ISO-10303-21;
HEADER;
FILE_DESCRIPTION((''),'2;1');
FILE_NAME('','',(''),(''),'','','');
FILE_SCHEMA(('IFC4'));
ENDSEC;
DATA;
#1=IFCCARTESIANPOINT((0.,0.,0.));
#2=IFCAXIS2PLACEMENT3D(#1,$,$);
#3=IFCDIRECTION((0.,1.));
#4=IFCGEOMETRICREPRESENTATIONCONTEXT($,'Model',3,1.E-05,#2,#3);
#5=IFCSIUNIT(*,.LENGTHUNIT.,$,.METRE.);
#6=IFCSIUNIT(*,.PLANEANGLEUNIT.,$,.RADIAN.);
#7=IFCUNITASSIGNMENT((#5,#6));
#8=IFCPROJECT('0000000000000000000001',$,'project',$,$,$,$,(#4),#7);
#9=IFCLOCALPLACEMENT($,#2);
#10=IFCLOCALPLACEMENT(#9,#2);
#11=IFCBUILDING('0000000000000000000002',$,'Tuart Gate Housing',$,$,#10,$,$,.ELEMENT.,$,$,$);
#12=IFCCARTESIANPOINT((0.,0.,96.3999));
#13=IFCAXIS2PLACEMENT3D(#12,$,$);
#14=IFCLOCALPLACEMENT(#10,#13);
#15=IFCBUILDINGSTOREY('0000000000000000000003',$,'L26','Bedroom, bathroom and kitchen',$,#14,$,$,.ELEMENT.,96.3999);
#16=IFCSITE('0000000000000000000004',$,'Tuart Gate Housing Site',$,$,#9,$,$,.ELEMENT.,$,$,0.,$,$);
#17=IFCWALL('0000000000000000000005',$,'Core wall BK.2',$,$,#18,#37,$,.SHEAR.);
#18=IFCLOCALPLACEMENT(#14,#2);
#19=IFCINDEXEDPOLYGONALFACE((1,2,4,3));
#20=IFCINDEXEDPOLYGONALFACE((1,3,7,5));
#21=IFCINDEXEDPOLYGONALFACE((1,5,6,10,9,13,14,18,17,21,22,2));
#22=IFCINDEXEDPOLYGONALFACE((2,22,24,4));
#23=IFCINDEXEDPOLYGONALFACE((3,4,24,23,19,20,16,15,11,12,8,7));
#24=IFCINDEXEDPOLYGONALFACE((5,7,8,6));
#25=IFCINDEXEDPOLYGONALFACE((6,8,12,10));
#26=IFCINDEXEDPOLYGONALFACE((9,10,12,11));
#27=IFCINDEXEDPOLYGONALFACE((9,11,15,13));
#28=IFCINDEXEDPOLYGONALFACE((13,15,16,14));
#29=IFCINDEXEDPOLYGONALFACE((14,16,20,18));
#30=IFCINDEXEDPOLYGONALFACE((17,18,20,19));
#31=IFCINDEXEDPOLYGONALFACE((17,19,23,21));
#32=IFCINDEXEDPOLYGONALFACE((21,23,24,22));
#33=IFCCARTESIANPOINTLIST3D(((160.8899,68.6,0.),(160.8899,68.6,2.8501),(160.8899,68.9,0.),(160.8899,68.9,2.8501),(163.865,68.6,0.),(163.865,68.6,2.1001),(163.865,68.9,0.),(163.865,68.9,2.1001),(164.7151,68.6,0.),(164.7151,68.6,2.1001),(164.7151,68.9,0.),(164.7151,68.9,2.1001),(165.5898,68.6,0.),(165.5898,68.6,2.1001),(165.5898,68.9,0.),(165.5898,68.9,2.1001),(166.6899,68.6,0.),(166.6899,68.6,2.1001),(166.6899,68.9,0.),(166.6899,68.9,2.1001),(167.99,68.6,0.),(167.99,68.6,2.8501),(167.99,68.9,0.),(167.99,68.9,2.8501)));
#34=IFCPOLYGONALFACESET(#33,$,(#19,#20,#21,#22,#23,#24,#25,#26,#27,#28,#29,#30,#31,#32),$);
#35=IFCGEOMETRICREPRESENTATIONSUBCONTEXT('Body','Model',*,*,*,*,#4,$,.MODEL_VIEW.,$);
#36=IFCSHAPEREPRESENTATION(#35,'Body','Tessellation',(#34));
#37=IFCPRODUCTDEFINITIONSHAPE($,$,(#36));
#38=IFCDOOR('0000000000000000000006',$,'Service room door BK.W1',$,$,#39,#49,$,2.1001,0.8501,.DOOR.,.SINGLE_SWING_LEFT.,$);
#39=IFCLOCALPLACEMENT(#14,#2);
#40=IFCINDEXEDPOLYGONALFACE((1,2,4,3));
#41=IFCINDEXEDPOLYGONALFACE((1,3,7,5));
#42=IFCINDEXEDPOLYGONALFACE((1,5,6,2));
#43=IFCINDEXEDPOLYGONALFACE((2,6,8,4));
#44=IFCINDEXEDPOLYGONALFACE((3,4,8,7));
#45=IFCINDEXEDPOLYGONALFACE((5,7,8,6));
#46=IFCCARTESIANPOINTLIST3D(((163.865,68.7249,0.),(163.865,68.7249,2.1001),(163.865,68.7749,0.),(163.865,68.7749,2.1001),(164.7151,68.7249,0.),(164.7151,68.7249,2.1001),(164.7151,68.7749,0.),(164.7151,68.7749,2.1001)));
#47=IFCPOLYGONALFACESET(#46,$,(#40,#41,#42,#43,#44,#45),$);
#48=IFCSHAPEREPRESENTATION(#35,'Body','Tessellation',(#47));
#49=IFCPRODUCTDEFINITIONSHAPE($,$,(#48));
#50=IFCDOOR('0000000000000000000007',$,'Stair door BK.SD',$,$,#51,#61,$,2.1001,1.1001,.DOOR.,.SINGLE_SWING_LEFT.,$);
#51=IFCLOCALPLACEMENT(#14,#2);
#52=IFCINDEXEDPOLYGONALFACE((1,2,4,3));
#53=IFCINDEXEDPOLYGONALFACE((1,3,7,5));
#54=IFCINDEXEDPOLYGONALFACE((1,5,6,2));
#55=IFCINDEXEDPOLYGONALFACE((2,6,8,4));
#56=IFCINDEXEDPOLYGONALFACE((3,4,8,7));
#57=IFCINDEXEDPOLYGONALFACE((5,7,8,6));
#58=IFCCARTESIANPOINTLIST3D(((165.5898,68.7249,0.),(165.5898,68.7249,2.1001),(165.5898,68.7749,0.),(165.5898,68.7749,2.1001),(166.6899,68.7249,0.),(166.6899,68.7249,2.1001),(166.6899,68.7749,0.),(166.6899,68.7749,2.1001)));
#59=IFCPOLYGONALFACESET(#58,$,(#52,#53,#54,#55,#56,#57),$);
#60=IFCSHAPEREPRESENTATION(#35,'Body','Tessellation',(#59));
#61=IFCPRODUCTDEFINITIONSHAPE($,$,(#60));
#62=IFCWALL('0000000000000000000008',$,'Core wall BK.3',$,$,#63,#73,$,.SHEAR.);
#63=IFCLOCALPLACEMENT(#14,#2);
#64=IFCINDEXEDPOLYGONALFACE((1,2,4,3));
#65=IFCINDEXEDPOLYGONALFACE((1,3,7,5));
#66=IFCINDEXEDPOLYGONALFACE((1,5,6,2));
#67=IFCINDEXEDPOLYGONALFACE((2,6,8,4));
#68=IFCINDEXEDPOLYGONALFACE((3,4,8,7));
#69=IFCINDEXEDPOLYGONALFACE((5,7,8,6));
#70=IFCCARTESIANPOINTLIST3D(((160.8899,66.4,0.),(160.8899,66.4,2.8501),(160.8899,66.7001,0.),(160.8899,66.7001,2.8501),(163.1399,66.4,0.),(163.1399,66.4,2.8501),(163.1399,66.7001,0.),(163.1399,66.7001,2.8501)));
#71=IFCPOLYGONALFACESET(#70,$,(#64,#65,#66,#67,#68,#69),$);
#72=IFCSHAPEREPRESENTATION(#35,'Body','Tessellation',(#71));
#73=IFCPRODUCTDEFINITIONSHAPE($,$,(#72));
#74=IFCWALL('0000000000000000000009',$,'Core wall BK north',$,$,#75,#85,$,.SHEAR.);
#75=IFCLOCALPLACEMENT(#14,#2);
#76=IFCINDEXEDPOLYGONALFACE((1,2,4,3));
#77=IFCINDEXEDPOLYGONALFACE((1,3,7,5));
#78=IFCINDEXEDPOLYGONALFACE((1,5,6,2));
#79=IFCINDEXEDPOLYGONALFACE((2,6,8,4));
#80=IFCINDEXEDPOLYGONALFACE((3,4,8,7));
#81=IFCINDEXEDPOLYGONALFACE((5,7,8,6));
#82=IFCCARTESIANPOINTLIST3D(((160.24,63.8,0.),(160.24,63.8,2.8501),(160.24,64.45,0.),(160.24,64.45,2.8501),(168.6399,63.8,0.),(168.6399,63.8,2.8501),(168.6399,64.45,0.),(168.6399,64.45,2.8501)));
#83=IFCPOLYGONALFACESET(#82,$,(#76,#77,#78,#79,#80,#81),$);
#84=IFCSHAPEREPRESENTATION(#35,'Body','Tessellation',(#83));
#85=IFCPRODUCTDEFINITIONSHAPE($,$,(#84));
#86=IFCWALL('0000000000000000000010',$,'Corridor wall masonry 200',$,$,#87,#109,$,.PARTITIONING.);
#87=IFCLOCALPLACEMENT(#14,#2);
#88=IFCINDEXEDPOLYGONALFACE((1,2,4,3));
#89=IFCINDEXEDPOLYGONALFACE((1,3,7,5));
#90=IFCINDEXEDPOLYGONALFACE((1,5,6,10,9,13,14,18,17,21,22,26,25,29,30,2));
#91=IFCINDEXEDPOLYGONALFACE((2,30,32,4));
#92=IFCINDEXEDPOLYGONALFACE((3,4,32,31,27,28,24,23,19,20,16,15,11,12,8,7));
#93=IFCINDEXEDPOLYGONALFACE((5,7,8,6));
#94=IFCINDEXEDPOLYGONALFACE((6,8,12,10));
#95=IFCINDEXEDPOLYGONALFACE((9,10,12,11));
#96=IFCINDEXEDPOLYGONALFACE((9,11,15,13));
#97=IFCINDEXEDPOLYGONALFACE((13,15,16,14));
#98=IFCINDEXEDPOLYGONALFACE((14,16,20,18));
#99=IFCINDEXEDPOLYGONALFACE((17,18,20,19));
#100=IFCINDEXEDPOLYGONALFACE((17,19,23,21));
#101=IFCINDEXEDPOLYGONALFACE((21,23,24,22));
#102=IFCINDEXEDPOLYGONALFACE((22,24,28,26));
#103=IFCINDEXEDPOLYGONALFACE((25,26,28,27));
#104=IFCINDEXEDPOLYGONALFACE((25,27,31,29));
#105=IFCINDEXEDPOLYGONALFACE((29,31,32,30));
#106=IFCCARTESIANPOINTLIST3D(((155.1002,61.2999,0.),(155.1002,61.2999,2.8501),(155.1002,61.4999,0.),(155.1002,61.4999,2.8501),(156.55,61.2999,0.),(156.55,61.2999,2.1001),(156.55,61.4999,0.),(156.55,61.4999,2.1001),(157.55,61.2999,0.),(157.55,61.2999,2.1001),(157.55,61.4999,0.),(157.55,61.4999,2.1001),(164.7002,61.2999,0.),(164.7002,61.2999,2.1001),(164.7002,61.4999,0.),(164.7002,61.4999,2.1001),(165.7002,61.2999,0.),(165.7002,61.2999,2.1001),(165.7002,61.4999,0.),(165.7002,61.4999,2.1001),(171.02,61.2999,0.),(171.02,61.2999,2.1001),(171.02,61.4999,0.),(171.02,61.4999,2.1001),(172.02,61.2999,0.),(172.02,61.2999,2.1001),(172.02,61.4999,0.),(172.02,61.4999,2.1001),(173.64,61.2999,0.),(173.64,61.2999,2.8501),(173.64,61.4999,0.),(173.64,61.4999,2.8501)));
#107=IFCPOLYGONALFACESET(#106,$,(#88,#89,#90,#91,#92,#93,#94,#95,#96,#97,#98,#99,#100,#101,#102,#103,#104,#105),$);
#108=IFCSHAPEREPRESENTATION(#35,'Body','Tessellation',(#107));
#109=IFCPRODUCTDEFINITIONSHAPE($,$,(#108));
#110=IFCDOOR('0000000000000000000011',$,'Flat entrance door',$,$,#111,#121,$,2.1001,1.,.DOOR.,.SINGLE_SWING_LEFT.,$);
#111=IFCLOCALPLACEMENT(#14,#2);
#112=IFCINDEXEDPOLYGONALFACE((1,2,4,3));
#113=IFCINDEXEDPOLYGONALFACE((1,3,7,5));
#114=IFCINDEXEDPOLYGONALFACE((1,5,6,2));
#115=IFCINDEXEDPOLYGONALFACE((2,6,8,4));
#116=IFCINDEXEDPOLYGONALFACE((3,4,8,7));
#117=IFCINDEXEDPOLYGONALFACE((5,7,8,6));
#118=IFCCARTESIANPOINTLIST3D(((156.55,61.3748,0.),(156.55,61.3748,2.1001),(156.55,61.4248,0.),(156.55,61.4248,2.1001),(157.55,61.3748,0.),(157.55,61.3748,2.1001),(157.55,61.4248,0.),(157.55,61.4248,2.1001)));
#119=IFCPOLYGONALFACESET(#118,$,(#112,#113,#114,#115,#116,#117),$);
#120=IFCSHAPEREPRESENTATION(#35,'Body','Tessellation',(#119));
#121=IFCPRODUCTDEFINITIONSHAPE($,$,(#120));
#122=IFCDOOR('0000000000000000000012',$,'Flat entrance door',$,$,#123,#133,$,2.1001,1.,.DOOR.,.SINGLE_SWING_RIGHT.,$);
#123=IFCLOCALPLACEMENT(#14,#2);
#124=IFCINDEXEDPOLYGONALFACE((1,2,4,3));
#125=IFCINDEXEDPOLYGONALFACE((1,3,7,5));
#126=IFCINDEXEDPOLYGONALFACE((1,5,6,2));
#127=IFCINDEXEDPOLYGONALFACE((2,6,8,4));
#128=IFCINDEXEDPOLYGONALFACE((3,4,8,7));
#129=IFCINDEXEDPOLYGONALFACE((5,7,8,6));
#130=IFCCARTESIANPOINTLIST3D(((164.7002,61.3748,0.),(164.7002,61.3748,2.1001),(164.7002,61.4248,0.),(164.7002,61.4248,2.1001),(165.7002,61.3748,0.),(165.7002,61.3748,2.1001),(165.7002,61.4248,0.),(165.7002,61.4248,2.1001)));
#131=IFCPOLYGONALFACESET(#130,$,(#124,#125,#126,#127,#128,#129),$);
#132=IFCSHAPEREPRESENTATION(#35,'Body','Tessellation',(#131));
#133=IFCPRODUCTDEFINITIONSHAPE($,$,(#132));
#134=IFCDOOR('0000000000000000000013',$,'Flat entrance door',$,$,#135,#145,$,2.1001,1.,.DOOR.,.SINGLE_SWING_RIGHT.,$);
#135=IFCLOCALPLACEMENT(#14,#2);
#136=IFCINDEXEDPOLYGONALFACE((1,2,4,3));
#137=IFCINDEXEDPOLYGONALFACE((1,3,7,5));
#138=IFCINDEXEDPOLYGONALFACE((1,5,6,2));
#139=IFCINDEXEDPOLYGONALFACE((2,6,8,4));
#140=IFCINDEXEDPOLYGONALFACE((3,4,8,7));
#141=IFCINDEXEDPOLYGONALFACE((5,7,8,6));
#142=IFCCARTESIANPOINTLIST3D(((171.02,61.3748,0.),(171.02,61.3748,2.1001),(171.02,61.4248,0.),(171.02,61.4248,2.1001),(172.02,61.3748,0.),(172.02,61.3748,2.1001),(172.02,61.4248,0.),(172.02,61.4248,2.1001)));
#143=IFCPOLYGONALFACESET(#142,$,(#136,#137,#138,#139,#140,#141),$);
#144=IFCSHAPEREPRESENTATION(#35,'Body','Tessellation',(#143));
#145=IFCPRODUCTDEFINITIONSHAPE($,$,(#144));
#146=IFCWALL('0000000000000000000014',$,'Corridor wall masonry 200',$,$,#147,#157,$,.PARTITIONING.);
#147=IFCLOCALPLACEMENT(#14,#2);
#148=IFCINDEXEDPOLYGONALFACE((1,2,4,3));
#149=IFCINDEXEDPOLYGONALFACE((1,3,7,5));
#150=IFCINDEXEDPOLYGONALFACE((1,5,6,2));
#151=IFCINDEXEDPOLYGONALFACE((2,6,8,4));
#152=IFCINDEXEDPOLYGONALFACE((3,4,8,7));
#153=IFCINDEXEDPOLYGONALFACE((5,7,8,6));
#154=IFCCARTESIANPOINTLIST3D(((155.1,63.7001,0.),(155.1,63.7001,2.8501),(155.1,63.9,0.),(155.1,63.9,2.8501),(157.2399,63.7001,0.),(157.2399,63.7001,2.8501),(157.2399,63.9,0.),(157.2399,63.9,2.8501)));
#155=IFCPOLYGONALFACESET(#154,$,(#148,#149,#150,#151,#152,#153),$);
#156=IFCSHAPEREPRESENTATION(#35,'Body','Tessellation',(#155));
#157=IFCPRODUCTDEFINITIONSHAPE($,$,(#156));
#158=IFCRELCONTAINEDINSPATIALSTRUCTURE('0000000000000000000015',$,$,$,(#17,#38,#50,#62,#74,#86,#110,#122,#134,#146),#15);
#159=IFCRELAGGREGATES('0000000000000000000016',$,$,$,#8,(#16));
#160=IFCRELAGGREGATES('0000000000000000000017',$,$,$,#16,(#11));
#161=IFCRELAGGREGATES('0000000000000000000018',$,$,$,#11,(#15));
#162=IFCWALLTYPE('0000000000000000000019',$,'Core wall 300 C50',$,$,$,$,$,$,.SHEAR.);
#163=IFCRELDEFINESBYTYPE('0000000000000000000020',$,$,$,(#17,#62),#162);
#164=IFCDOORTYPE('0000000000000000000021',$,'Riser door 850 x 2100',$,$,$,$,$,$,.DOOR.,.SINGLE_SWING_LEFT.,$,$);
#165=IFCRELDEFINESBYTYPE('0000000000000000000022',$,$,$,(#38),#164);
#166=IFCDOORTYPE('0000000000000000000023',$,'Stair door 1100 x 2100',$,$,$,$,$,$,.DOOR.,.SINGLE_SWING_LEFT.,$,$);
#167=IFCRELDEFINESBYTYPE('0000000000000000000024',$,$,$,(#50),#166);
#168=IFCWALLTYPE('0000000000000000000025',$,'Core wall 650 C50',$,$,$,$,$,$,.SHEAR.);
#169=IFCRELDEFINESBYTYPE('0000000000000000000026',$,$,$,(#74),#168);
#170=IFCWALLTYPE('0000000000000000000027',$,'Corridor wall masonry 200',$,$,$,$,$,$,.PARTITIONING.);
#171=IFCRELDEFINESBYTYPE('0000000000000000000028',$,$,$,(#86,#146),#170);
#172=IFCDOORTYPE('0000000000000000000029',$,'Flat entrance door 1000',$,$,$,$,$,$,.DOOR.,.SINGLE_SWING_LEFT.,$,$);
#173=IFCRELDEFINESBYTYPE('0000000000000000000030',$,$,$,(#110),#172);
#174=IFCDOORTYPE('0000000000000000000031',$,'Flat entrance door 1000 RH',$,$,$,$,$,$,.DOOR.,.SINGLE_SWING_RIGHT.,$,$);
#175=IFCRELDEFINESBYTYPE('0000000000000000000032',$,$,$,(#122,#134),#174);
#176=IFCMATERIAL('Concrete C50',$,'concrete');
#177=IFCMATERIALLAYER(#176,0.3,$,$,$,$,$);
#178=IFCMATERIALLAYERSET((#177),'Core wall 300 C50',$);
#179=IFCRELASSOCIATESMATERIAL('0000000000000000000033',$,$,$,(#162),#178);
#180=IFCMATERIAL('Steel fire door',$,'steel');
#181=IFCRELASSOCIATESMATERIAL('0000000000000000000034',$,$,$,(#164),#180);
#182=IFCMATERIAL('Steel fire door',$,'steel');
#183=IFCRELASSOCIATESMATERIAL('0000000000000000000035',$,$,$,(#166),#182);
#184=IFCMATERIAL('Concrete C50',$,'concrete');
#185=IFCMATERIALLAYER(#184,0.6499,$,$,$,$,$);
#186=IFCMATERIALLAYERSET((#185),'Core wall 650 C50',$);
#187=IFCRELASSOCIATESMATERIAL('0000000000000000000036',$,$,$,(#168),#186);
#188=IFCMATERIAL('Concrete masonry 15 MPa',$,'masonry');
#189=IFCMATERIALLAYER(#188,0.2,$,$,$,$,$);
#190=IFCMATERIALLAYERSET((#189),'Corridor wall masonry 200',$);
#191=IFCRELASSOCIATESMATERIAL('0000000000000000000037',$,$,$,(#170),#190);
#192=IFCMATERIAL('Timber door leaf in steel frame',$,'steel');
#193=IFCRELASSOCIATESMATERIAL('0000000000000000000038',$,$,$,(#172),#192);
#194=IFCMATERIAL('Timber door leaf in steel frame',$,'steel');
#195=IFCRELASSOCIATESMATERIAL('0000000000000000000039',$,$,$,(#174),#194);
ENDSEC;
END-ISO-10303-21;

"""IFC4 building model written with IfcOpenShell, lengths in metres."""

from ifc_helpers import new_model, si_unit, direction, frame, frame_2d, origin, place, context, subcontext, project, spatial, rectangle, extrude, material, layer, layer_set, type_object, element, fill, save


model = new_model("IFC4")

# Units and contexts
model_context = context("Model", 3, precision=1e-05, world=origin(), true_north=direction((0.0, 1.0)))
body_context = subcontext(model_context, "Body", "Model", "MODEL_VIEW")
ifc_project = project(units=[si_unit("LENGTHUNIT", "METRE"), si_unit("PLANEANGLEUNIT", "RADIAN")], contexts=[model_context])

# Site, building, storey
site_placement = place(None, origin())
site = spatial("IfcSite", under=ifc_project, at=site_placement, Name="Tuart Gate Housing Site", CompositionType="ELEMENT", RefElevation=0.0)
building_placement = place(site_placement, origin())
building = spatial("IfcBuilding", under=site, at=building_placement, Name="Tuart Gate Housing", CompositionType="ELEMENT")
storey_placement = place(building_placement, frame((0.0, 0.0, 96.3999)))
storey = spatial("IfcBuildingStorey", under=building, at=storey_placement, Name="L26", Description="Bedroom, bathroom and kitchen", CompositionType="ELEMENT", Elevation=96.3999)

# Wall, openings, doors
ifc_material_1 = material(Name="Concrete C50", Category="concrete")
ifc_layer_1 = layer(ifc_material_1, 0.3)
ifc_layer_set_1 = layer_set([ifc_layer_1], Name="Core wall 300 C50")
wall_type_1 = type_object("IfcWallType", Name="Core wall 300 C50", PredefinedType="SHEAR", material=ifc_layer_set_1)
wall_1_placement = place(storey_placement, frame((160.8899, 68.75, 0.0), z_axis=(0.0, 0.0, 1.0), x_axis=(1.0, 0.0, 0.0)))
wall_1 = element("IfcWall", 1, at=wall_1_placement, inside=storey, type_object=wall_type_1, Name="Core wall BK.2", PredefinedType="SHEAR", context=body_context, shape_type="SweptSolid", body=[
    extrude(rectangle(XDim=7.1001, YDim=0.3, at=frame_2d((3.55, 0.0))), origin(), (0.0, 0.0, 1.0), 2.8501),
])
opening_1_placement = place(wall_1_placement, frame((4.7, 0.0, 0.0)))
opening_1 = element("IfcOpeningElement", 2, at=opening_1_placement, cuts=wall_1, PredefinedType="OPENING", context=body_context, shape_type="SweptSolid", body=[
    extrude(rectangle(XDim=1.1001, YDim=2.1001, at=frame_2d((0.55, 1.05))), frame((0.0, 0.1599, 0.0), z_axis=(0.0, -1.0, 0.0), x_axis=(1.0, 0.0, 0.0)), (0.0, 0.0, 1.0), 0.3201),
])
opening_2_placement = place(wall_1_placement, frame((2.9751, 0.0, 0.0)))
opening_2 = element("IfcOpeningElement", 3, at=opening_2_placement, cuts=wall_1, PredefinedType="OPENING", context=body_context, shape_type="SweptSolid", body=[
    extrude(rectangle(XDim=0.8501, YDim=2.1001, at=frame_2d((0.425, 1.05))), frame((0.0, 0.1599, 0.0), z_axis=(0.0, -1.0, 0.0), x_axis=(1.0, 0.0, 0.0)), (0.0, 0.0, 1.0), 0.3201),
])
ifc_material_2 = material(Name="Steel fire door", Category="steel")
door_type_1 = type_object("IfcDoorType", Name="Riser door 850 x 2100", OperationType="SINGLE_SWING_LEFT", PredefinedType="DOOR", material=ifc_material_2)
door_1_placement = place(opening_2_placement, origin())
door_1 = element("IfcDoor", 4, at=door_1_placement, inside=storey, type_object=door_type_1, Name="Service room door BK.W1", OperationType="SINGLE_SWING_LEFT", OverallHeight=2.1001, OverallWidth=0.8501, PredefinedType="DOOR", context=body_context, shape_type="SweptSolid", body=[
    extrude(rectangle(XDim=0.8501, YDim=2.1001, at=frame_2d((0.425, 1.05))), frame((0.0, 0.0249, 0.0), z_axis=(0.0, -1.0, 0.0), x_axis=(1.0, 0.0, 0.0)), (0.0, 0.0, 1.0), 0.05),
])
fill(opening_2, door_1)
ifc_material_3 = material(Name="Steel fire door", Category="steel")
door_type_2 = type_object("IfcDoorType", Name="Stair door 1100 x 2100", OperationType="SINGLE_SWING_LEFT", PredefinedType="DOOR", material=ifc_material_3)
door_2_placement = place(opening_1_placement, origin())
door_2 = element("IfcDoor", 5, at=door_2_placement, inside=storey, type_object=door_type_2, Name="Stair door BK.SD", OperationType="SINGLE_SWING_LEFT", OverallHeight=2.1001, OverallWidth=1.1001, PredefinedType="DOOR", context=body_context, shape_type="SweptSolid", body=[
    extrude(rectangle(XDim=1.1001, YDim=2.1001, at=frame_2d((0.55, 1.05))), frame((0.0, 0.0249, 0.0), z_axis=(0.0, -1.0, 0.0), x_axis=(1.0, 0.0, 0.0)), (0.0, 0.0, 1.0), 0.05),
])
fill(opening_1, door_2)

# Walls
wall_2_placement = place(storey_placement, frame((160.8899, 66.55, 0.0), z_axis=(0.0, 0.0, 1.0), x_axis=(1.0, 0.0, 0.0)))
element("IfcWall", 6, at=wall_2_placement, inside=storey, type_object=wall_type_1, Name="Core wall BK.3", PredefinedType="SHEAR", context=body_context, shape_type="SweptSolid", body=[
    extrude(rectangle(XDim=2.25, YDim=0.3, at=frame_2d((1.125, 0.0))), origin(), (0.0, 0.0, 1.0), 2.8501),
])
ifc_material_4 = material(Name="Concrete C50", Category="concrete")
ifc_layer_2 = layer(ifc_material_4, 0.6499)
ifc_layer_set_2 = layer_set([ifc_layer_2], Name="Core wall 650 C50")
wall_type_2 = type_object("IfcWallType", Name="Core wall 650 C50", PredefinedType="SHEAR", material=ifc_layer_set_2)
wall_3_placement = place(storey_placement, frame((160.24, 64.125, 0.0), z_axis=(0.0, 0.0, 1.0), x_axis=(1.0, 0.0, 0.0)))
element("IfcWall", 7, at=wall_3_placement, inside=storey, type_object=wall_type_2, Name="Core wall BK north", PredefinedType="SHEAR", context=body_context, shape_type="SweptSolid", body=[
    extrude(rectangle(XDim=8.3999, YDim=0.6499, at=frame_2d((4.2, 0.0))), origin(), (0.0, 0.0, 1.0), 2.8501),
])

# Wall, openings, doors
ifc_material_5 = material(Name="Concrete masonry 15 MPa", Category="masonry")
ifc_layer_3 = layer(ifc_material_5, 0.2)
ifc_layer_set_3 = layer_set([ifc_layer_3], Name="Corridor wall masonry 200")
wall_type_3 = type_object("IfcWallType", Name="Corridor wall masonry 200", PredefinedType="PARTITIONING", material=ifc_layer_set_3)
wall_4_placement = place(storey_placement, frame((155.1001, 61.3999, 0.0), z_axis=(0.0, 0.0, 1.0), x_axis=(1.0, 0.0, 0.0)))
wall_4 = element("IfcWall", 8, at=wall_4_placement, inside=storey, type_object=wall_type_3, Name="Corridor wall masonry 200", PredefinedType="PARTITIONING", context=body_context, shape_type="SweptSolid", body=[
    extrude(rectangle(XDim=18.5398, YDim=0.2, at=frame_2d((9.27, 0.0))), origin(), (0.0, 0.0, 1.0), 2.8501),
])
opening_3_placement = place(wall_4_placement, frame((1.45, 0.0, 0.0)))
opening_3 = element("IfcOpeningElement", 9, at=opening_3_placement, cuts=wall_4, PredefinedType="OPENING", context=body_context, shape_type="SweptSolid", body=[
    extrude(rectangle(XDim=1.0, YDim=2.1001, at=frame_2d((0.5, 1.05))), frame((0.0, 0.1099, 0.0), z_axis=(0.0, -1.0, 0.0), x_axis=(1.0, 0.0, 0.0)), (0.0, 0.0, 1.0), 0.22),
])
opening_4_placement = place(wall_4_placement, frame((9.6001, 0.0, 0.0)))
opening_4 = element("IfcOpeningElement", 10, at=opening_4_placement, cuts=wall_4, PredefinedType="OPENING", context=body_context, shape_type="SweptSolid", body=[
    extrude(rectangle(XDim=1.0, YDim=2.1001, at=frame_2d((0.5, 1.05))), frame((0.0, 0.1099, 0.0), z_axis=(0.0, -1.0, 0.0), x_axis=(1.0, 0.0, 0.0)), (0.0, 0.0, 1.0), 0.22),
])
opening_5_placement = place(wall_4_placement, frame((15.9199, 0.0, 0.0)))
opening_5 = element("IfcOpeningElement", 11, at=opening_5_placement, cuts=wall_4, PredefinedType="OPENING", context=body_context, shape_type="SweptSolid", body=[
    extrude(rectangle(XDim=1.0, YDim=2.1001, at=frame_2d((0.5, 1.05))), frame((0.0, 0.1099, 0.0), z_axis=(0.0, -1.0, 0.0), x_axis=(1.0, 0.0, 0.0)), (0.0, 0.0, 1.0), 0.22),
])
ifc_material_6 = material(Name="Timber door leaf in steel frame", Category="steel")
door_type_3 = type_object("IfcDoorType", Name="Flat entrance door 1000", OperationType="SINGLE_SWING_LEFT", PredefinedType="DOOR", material=ifc_material_6)
door_3_placement = place(opening_3_placement, frame((1.0, 0.0, 0.0), z_axis=(0.0, 0.0, 1.0), x_axis=(-1.0, 0.0, 0.0)))
door_3 = element("IfcDoor", 12, at=door_3_placement, inside=storey, type_object=door_type_3, Name="Flat entrance door", OperationType="SINGLE_SWING_LEFT", OverallHeight=2.1001, OverallWidth=1.0, PredefinedType="DOOR", context=body_context, shape_type="SweptSolid", body=[
    extrude(rectangle(XDim=1.0, YDim=2.1001, at=frame_2d((0.5, 1.05))), frame((0.0, 0.0251, 0.0), z_axis=(0.0, -1.0, 0.0), x_axis=(1.0, 0.0, 0.0)), (0.0, 0.0, 1.0), 0.05),
])
fill(opening_3, door_3)
ifc_material_7 = material(Name="Timber door leaf in steel frame", Category="steel")
door_type_4 = type_object("IfcDoorType", Name="Flat entrance door 1000 RH", OperationType="SINGLE_SWING_RIGHT", PredefinedType="DOOR", material=ifc_material_7)
door_4_placement = place(opening_4_placement, frame((1.0, 0.0, 0.0), z_axis=(0.0, 0.0, 1.0), x_axis=(-1.0, 0.0, 0.0)))
door_4 = element("IfcDoor", 13, at=door_4_placement, inside=storey, type_object=door_type_4, Name="Flat entrance door", OperationType="SINGLE_SWING_RIGHT", OverallHeight=2.1001, OverallWidth=1.0, PredefinedType="DOOR", context=body_context, shape_type="SweptSolid", body=[
    extrude(rectangle(XDim=1.0, YDim=2.1001, at=frame_2d((0.5, 1.05))), frame((0.0, 0.0251, 0.0), z_axis=(0.0, -1.0, 0.0), x_axis=(1.0, 0.0, 0.0)), (0.0, 0.0, 1.0), 0.05),
])
fill(opening_4, door_4)
door_5_placement = place(opening_5_placement, frame((1.0, 0.0, 0.0), z_axis=(0.0, 0.0, 1.0), x_axis=(-1.0, 0.0, 0.0)))
door_5 = element("IfcDoor", 14, at=door_5_placement, inside=storey, type_object=door_type_4, Name="Flat entrance door", OperationType="SINGLE_SWING_RIGHT", OverallHeight=2.1001, OverallWidth=1.0, PredefinedType="DOOR", context=body_context, shape_type="SweptSolid", body=[
    extrude(rectangle(XDim=1.0, YDim=2.1001, at=frame_2d((0.5, 1.05))), frame((0.0, 0.0251, 0.0), z_axis=(0.0, -1.0, 0.0), x_axis=(1.0, 0.0, 0.0)), (0.0, 0.0, 1.0), 0.05),
])
fill(opening_5, door_5)

# Wall
wall_5_placement = place(storey_placement, frame((155.1001, 63.8, 0.0), z_axis=(0.0, 0.0, 1.0), x_axis=(1.0, 0.0, 0.0)))
element("IfcWall", 15, at=wall_5_placement, inside=storey, type_object=wall_type_3, Name="Corridor wall masonry 200", PredefinedType="PARTITIONING", context=body_context, shape_type="SweptSolid", body=[
    extrude(rectangle(XDim=2.1399, YDim=0.2, at=frame_2d((1.0698, 0.0))), origin(), (0.0, 0.0, 1.0), 2.8501),
])

save(model, "model.ifc")
